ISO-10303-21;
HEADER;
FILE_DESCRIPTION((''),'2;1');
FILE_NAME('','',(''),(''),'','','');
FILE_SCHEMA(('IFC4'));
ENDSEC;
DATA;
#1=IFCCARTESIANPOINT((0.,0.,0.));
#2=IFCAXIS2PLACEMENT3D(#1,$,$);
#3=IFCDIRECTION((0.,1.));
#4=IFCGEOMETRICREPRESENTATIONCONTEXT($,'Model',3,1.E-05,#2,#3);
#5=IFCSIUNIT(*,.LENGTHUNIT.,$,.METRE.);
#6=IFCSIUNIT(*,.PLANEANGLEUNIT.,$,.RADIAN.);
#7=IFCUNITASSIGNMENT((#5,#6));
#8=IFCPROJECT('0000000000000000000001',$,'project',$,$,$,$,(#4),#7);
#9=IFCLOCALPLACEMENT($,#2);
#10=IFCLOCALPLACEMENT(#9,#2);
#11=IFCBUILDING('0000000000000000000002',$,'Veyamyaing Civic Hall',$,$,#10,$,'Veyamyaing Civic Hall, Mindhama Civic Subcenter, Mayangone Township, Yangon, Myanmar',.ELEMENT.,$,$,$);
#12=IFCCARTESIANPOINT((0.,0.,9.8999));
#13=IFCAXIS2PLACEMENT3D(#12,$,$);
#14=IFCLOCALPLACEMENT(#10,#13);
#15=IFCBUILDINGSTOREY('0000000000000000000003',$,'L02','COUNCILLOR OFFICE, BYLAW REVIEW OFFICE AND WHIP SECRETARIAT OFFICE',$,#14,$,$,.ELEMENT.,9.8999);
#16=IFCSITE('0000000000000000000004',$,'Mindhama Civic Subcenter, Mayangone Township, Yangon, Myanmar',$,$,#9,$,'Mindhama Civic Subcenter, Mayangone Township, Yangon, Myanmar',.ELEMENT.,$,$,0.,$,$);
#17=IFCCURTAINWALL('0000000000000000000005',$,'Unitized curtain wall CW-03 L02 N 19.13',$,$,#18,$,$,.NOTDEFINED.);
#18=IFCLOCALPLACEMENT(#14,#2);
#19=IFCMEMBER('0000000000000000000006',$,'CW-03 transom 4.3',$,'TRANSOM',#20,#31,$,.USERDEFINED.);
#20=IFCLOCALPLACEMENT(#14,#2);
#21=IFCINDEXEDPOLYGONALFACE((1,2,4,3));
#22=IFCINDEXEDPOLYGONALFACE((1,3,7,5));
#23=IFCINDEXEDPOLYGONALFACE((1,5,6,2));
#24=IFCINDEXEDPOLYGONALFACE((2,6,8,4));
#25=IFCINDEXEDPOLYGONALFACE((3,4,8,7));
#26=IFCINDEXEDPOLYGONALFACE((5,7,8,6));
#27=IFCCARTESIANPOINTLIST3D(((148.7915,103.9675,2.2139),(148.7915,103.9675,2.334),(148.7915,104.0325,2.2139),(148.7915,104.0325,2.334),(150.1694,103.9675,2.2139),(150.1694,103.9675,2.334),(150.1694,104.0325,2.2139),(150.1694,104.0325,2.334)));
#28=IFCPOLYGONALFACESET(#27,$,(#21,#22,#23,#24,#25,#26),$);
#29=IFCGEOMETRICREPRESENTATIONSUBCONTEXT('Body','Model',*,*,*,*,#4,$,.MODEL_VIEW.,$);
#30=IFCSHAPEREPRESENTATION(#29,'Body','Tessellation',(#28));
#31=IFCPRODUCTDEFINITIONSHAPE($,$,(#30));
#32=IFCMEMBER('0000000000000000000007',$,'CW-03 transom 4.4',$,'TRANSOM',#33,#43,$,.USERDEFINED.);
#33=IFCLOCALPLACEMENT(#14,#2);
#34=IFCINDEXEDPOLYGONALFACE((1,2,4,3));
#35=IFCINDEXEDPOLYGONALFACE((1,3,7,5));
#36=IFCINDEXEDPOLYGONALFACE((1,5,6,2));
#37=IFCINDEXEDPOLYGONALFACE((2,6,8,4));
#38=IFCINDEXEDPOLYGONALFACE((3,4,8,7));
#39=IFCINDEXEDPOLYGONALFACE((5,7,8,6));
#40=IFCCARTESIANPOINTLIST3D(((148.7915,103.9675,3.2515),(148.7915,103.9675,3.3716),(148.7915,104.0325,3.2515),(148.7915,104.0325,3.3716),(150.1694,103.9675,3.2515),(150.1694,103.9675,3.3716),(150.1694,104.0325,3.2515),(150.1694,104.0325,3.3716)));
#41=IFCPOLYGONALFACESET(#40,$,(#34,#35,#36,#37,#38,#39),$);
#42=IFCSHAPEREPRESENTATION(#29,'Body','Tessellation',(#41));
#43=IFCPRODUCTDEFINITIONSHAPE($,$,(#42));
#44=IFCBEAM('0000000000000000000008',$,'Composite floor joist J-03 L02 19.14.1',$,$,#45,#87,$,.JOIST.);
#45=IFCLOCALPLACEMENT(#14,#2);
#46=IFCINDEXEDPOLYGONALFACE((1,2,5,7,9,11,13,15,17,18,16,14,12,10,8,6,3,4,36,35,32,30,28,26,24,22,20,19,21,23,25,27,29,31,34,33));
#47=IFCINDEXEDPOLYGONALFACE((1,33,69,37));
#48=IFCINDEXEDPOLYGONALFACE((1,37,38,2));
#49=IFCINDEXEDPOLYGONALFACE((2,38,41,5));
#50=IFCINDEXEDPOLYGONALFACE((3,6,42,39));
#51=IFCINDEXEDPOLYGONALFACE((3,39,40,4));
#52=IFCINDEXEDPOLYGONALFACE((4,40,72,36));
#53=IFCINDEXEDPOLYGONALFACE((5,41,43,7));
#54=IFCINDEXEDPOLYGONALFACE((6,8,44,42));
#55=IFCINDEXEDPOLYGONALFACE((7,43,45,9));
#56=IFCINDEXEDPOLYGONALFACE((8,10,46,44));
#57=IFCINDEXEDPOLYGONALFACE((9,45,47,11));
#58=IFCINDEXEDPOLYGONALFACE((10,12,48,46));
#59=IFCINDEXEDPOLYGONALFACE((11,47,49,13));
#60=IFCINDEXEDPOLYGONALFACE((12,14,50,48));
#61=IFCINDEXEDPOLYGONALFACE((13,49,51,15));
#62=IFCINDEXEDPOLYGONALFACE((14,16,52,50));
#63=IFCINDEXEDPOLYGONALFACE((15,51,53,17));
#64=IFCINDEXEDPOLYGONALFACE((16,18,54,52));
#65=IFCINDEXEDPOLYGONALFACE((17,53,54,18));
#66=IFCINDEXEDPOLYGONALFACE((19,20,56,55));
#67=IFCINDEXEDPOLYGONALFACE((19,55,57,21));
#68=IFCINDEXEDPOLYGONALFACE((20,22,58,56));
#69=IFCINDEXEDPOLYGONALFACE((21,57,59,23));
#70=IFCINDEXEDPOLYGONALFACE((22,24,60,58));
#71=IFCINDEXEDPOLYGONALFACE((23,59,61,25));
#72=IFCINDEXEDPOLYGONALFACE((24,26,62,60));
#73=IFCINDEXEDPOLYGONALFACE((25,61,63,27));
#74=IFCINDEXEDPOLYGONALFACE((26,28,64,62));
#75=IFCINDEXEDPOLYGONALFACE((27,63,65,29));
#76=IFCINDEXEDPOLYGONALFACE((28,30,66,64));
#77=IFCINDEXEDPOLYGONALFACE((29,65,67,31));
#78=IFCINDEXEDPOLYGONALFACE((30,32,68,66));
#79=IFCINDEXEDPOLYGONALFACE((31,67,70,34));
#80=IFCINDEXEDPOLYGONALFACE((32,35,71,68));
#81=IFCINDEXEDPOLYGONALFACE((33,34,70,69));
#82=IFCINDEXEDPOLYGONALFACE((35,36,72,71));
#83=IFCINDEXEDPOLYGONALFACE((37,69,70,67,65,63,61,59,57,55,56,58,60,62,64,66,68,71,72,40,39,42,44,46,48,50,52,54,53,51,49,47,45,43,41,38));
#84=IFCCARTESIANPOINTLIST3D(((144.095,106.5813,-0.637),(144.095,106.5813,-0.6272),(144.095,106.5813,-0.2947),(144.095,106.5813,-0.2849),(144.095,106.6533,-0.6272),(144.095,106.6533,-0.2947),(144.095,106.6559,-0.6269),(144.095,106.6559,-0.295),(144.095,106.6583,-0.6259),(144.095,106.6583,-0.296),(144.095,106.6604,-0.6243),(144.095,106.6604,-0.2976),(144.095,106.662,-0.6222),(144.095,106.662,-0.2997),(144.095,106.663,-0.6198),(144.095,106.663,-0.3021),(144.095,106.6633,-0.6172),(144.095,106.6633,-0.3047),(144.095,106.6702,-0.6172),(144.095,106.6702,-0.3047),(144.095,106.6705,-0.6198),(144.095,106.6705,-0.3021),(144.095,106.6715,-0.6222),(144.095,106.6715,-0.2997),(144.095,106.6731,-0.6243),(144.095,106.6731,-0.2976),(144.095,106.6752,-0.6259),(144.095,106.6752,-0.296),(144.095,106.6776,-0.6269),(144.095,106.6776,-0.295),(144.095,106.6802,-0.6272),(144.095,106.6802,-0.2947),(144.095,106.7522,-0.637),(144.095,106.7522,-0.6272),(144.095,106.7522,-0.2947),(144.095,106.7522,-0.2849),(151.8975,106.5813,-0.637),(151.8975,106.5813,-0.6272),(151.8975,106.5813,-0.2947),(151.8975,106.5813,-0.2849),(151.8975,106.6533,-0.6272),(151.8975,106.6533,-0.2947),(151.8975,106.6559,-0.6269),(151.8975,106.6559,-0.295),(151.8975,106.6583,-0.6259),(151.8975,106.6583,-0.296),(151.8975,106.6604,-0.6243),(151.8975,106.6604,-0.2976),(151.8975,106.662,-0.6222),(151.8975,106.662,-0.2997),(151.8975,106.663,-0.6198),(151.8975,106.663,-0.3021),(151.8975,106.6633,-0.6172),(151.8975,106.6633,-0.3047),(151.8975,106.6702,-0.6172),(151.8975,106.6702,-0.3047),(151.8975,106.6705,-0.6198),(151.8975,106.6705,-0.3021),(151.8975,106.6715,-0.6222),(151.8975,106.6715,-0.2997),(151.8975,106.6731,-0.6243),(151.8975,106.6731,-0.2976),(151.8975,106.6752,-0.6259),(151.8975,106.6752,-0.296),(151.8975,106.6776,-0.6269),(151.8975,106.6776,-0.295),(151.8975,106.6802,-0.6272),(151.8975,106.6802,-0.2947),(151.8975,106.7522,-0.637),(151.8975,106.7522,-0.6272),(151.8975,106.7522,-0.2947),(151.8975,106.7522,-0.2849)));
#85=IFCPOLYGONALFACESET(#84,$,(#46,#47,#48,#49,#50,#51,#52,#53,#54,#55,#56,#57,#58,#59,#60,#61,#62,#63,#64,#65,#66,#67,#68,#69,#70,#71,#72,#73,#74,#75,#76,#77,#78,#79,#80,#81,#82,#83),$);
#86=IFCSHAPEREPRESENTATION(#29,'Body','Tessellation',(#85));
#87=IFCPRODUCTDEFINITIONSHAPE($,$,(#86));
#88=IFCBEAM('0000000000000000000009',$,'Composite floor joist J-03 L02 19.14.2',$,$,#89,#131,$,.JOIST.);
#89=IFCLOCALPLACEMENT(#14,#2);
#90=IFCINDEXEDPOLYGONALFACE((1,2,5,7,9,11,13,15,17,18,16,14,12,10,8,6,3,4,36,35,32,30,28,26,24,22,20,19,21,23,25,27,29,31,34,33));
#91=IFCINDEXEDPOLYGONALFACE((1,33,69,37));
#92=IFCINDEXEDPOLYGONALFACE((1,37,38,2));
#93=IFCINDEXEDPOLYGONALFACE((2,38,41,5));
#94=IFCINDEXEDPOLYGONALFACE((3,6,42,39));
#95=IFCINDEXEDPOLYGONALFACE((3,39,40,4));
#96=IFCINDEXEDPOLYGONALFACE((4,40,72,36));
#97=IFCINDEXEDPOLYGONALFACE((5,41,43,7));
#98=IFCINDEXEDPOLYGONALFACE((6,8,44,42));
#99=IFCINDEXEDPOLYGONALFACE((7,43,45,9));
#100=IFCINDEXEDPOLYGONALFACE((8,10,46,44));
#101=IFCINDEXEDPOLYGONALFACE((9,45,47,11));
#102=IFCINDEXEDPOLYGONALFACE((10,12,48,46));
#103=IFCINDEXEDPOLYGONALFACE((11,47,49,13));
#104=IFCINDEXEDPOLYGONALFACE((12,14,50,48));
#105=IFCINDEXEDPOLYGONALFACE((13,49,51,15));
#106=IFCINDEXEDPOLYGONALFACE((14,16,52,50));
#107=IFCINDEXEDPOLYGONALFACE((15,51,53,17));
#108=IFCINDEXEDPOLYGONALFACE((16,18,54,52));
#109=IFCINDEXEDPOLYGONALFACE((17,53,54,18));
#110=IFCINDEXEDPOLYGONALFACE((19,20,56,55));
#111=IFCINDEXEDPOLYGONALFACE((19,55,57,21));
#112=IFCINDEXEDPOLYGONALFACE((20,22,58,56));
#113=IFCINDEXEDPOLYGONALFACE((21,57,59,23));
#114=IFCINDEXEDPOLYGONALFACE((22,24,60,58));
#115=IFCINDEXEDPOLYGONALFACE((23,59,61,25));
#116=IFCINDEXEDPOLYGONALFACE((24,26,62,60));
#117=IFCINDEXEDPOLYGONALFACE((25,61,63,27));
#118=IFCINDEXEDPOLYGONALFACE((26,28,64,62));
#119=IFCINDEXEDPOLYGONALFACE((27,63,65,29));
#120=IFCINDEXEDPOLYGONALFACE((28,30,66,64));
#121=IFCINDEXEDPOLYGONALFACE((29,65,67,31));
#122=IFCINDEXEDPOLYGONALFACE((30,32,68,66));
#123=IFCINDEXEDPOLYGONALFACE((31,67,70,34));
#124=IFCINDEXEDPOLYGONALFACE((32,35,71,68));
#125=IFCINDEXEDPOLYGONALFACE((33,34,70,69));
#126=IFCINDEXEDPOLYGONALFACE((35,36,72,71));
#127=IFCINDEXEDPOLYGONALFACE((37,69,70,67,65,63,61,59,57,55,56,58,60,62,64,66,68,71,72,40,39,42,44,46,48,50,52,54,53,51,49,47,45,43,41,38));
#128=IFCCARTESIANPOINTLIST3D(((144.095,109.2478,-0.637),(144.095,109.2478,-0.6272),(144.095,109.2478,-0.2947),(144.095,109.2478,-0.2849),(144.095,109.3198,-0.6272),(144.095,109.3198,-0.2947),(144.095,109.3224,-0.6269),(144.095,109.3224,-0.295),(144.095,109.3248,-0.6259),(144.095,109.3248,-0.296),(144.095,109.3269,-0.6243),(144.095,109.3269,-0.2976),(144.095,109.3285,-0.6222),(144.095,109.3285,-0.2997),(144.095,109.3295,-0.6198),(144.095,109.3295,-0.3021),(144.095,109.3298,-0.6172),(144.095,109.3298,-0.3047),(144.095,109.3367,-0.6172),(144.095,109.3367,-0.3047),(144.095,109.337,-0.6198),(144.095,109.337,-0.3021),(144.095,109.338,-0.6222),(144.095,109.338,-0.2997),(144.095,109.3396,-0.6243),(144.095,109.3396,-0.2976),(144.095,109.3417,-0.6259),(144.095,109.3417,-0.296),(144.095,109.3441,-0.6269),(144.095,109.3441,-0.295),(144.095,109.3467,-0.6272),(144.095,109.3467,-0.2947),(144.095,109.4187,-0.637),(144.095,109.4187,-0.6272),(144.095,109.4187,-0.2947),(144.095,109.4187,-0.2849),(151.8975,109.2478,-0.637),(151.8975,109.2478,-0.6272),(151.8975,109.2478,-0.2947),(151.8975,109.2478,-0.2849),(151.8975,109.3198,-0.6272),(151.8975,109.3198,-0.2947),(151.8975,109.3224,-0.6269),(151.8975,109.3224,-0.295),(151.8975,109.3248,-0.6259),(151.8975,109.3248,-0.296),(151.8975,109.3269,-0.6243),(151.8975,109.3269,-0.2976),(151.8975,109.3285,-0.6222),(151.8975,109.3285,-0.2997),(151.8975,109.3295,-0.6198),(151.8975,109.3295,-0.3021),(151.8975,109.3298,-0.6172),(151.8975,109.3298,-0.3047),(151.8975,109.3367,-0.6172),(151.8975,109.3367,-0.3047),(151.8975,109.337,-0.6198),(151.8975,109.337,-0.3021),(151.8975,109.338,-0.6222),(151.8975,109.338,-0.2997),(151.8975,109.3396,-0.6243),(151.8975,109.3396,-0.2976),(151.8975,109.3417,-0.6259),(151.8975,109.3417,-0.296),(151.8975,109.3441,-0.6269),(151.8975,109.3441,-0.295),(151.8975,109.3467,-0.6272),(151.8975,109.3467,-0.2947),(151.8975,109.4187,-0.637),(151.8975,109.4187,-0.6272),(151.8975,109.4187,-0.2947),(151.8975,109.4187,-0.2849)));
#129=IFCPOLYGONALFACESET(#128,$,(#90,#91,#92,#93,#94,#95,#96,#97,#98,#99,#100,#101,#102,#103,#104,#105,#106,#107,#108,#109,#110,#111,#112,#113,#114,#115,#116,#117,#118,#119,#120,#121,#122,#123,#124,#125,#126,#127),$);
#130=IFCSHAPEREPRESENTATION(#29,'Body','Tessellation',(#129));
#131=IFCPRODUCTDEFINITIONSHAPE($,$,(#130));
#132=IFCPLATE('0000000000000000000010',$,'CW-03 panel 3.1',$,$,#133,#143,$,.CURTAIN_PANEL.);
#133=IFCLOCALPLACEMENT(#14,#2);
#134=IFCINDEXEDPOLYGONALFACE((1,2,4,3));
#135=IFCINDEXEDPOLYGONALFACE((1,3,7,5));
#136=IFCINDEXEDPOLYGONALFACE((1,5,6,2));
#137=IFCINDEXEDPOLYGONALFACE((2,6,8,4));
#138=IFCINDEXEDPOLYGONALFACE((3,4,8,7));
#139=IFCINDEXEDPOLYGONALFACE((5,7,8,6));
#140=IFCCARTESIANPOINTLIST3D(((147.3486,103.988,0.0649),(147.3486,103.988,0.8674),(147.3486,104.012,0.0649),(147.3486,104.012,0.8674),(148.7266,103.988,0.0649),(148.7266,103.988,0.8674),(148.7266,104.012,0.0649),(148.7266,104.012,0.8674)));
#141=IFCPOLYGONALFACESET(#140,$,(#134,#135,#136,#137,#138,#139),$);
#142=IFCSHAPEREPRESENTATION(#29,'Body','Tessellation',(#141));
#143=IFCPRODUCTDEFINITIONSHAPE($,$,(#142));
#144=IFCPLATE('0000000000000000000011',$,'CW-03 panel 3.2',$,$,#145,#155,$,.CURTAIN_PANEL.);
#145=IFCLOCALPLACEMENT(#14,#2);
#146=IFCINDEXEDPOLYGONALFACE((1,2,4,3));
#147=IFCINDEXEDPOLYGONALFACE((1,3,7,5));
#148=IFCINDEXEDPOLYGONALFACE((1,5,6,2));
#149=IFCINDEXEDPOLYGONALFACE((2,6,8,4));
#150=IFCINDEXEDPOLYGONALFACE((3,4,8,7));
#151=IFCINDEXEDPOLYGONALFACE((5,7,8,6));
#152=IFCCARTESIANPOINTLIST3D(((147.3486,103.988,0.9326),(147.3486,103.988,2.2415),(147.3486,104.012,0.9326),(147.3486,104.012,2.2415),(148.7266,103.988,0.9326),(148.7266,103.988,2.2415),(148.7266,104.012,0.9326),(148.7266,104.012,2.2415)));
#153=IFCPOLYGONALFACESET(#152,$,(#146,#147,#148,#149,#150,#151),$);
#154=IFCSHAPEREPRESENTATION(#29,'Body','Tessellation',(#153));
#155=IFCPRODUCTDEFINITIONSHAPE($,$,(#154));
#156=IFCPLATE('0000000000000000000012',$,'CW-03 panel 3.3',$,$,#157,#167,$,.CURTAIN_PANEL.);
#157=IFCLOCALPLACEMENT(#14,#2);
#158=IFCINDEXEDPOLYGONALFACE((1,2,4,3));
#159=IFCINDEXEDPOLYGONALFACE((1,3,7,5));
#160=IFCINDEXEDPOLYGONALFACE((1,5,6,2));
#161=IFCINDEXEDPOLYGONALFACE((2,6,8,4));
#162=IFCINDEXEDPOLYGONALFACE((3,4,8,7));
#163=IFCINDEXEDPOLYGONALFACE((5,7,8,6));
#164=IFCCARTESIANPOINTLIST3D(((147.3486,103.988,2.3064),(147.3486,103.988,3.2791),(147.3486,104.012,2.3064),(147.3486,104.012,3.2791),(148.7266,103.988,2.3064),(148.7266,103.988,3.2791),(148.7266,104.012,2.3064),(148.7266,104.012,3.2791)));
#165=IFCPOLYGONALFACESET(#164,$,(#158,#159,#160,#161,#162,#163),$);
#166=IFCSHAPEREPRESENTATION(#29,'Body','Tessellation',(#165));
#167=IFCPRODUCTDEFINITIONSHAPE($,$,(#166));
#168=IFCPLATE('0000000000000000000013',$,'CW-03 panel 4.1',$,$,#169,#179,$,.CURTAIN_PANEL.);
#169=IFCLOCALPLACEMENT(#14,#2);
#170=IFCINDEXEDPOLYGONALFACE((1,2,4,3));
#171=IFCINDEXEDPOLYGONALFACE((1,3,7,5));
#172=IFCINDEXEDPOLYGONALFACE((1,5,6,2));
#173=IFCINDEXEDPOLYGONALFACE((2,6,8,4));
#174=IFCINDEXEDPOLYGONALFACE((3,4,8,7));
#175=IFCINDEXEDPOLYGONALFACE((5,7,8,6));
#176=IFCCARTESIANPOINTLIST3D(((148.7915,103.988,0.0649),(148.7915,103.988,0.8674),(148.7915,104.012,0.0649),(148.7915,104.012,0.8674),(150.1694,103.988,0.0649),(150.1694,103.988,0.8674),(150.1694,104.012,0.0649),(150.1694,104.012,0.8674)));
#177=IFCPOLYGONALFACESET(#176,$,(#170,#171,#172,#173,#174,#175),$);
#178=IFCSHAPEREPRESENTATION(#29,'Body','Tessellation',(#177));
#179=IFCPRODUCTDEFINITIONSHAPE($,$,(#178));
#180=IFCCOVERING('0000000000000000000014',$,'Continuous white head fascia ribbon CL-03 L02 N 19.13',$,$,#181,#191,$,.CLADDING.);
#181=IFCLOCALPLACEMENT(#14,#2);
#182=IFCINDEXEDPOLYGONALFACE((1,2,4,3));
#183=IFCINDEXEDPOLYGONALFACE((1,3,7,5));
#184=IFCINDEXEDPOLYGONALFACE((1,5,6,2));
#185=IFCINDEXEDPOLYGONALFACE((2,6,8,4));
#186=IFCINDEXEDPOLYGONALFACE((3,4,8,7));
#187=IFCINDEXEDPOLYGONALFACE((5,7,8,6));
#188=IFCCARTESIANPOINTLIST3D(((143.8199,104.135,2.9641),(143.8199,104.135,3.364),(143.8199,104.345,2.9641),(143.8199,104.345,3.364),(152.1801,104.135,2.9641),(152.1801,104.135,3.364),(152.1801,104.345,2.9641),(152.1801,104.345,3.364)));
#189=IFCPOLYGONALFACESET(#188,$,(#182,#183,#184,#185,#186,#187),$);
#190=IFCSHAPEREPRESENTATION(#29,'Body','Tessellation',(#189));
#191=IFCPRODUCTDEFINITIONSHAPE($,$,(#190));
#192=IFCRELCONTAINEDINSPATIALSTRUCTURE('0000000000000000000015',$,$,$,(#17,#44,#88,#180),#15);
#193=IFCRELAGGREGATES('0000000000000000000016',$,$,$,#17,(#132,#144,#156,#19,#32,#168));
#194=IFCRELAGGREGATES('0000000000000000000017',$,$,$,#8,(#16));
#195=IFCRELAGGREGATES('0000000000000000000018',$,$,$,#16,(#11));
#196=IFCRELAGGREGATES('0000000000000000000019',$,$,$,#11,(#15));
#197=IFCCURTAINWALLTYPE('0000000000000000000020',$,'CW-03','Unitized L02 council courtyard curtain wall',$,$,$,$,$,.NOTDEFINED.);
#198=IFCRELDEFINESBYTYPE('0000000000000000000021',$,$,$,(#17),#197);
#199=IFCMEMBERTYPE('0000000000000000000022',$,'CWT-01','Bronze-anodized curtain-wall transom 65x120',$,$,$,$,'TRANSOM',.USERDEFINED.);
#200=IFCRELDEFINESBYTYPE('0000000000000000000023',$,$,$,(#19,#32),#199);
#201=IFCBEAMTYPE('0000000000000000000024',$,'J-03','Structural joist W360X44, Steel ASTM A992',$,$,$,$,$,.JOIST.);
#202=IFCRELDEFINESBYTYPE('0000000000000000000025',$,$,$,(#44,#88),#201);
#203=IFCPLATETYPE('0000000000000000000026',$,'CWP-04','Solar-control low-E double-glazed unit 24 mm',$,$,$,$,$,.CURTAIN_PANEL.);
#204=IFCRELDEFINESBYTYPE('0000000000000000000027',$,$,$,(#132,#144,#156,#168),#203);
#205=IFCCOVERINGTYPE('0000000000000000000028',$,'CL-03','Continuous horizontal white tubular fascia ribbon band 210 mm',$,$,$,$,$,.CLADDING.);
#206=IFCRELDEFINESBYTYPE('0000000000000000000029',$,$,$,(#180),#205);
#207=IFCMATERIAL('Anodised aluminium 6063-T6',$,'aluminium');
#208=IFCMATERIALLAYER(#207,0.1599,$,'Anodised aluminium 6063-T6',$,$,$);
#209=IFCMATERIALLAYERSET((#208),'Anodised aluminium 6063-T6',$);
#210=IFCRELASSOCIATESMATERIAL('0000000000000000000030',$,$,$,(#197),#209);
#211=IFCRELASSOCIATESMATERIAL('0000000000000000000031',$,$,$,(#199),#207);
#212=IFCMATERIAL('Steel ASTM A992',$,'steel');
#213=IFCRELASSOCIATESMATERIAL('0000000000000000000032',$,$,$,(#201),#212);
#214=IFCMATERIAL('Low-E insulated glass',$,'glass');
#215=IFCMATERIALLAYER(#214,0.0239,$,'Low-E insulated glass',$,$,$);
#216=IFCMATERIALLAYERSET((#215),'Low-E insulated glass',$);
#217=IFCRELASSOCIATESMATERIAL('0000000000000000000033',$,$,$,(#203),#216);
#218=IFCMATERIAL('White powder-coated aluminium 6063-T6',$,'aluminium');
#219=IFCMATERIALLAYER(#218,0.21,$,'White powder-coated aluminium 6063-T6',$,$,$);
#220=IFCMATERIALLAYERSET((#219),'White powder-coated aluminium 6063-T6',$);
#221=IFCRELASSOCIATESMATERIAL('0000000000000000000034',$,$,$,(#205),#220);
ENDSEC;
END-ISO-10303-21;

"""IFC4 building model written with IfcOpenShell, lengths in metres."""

from ifc_helpers import new_model, si_unit, direction, frame, origin, origin_2d, place, context, subcontext, project, spatial, rectangle, i_section, extrude, material, layer, layer_set, material_profile, profile_set, type_object, element, aggregate, save


model = new_model("IFC4")

# Units and contexts
model_context = context("Model", 3, precision=1e-05, world=origin(), true_north=direction((0.0, 1.0)))
body_context = subcontext(model_context, "Body", "Model", "MODEL_VIEW")
ifc_project = project(units=[si_unit("LENGTHUNIT", "METRE"), si_unit("PLANEANGLEUNIT", "RADIAN")], contexts=[model_context])

# Site, building, storey
site_placement = place(None, origin())
site = spatial("IfcSite", under=ifc_project, at=site_placement, Name="Mindhama Civic Subcenter, Mayangone Township, Yangon, Myanmar", LongName="Mindhama Civic Subcenter, Mayangone Township, Yangon, Myanmar", CompositionType="ELEMENT", RefElevation=0.0)
building_placement = place(site_placement, origin())
building = spatial("IfcBuilding", under=site, at=building_placement, Name="Veyamyaing Civic Hall", LongName="Veyamyaing Civic Hall, Mindhama Civic Subcenter, Mayangone Township, Yangon, Myanmar", CompositionType="ELEMENT")
storey_placement = place(building_placement, frame((0.0, 0.0, 9.8999)))
storey = spatial("IfcBuildingStorey", under=building, at=storey_placement, Name="L02", Description="COUNCILLOR OFFICE, BYLAW REVIEW OFFICE AND WHIP SECRETARIAT OFFICE", CompositionType="ELEMENT", Elevation=9.8999)

# Shared definitions
ifc_material_1 = material(Name="Steel ASTM A992", Category="steel")

# Curtain wall, members
ifc_material_2 = material(Name="Anodised aluminium 6063-T6", Category="aluminium")
ifc_layer_1 = layer(ifc_material_2, 0.1599, Name="Anodised aluminium 6063-T6")
ifc_layer_set_1 = layer_set([ifc_layer_1], Name="Anodised aluminium 6063-T6")
curtain_wall_type = type_object("IfcCurtainWallType", Name="CW-03", Description="Unitized L02 council courtyard curtain wall", PredefinedType="NOTDEFINED", material=ifc_layer_set_1)
curtain_wall_placement = place(storey_placement, origin())
curtain_wall = element("IfcCurtainWall", 1, at=curtain_wall_placement, inside=storey, type_object=curtain_wall_type, Name="Unitized curtain wall CW-03 L02 N 19.13", PredefinedType="NOTDEFINED")
ifc_material_profile_1 = material_profile(ifc_material_2, rectangle(XDim=0.0649, YDim=0.1201, at=origin_2d()), Name="ALU-TRN-65X120")
ifc_profile_set_1 = profile_set([ifc_material_profile_1], Name="Anodised aluminium 6063-T6")
member_type_1 = type_object("IfcMemberType", Name="CWT-01", Description="Bronze-anodized curtain-wall transom 65x120", ElementType="TRANSOM", PredefinedType="USERDEFINED", material=ifc_profile_set_1)
member_1_placement = place(storey_placement, frame((148.7915, 104.0, 2.2739), z_axis=(1.0, 0.0, 0.0), x_axis=(0.0, 1.0, 0.0)))
member_1 = element("IfcMember", 2, at=member_1_placement, type_object=member_type_1, Name="CW-03 transom 4.3", ObjectType="TRANSOM", PredefinedType="USERDEFINED", context=body_context, shape_type="SweptSolid", body=[
    extrude(rectangle(XDim=0.0649, YDim=0.1201, at=origin_2d()), origin(), (0.0, 0.0, 1.0), 1.3779),
])
member_2_placement = place(storey_placement, frame((148.7915, 104.0, 3.3115), z_axis=(1.0, 0.0, 0.0), x_axis=(0.0, 1.0, 0.0)))
member_2 = element("IfcMember", 3, at=member_2_placement, type_object=member_type_1, Name="CW-03 transom 4.4", ObjectType="TRANSOM", PredefinedType="USERDEFINED", context=body_context, shape_type="SweptSolid", body=[
    extrude(rectangle(XDim=0.0649, YDim=0.1201, at=origin_2d()), origin(), (0.0, 0.0, 1.0), 1.3779),
])

# Beams
ifc_material_profile_2 = material_profile(ifc_material_1, i_section(OverallWidth=0.1709, OverallDepth=0.3521, WebThickness=0.0068, FlangeThickness=0.0098, FilletRadius=0.01, at=origin_2d()), Name="W360X44")
ifc_profile_set_2 = profile_set([ifc_material_profile_2], Name="Steel ASTM A992")
beam_type_1 = type_object("IfcBeamType", Name="J-03", Description="Structural joist W360X44, Steel ASTM A992", PredefinedType="JOIST", material=ifc_profile_set_2)
for number, where, z_axis, x_axis, name in (
    (4, (144.095, 106.6667, -0.4609), (1.0, 0.0, 0.0), (0.0, 1.0, 0.0), "Composite floor joist J-03 L02 19.14.1"),
    (5, (144.095, 109.3333, -0.4609), (1.0, 0.0, 0.0), (0.0, 1.0, 0.0), "Composite floor joist J-03 L02 19.14.2"),
):
    element("IfcBeam", number, at=place(storey_placement, frame(where, z_axis=z_axis, x_axis=x_axis)), inside=storey, type_object=beam_type_1, Name=name, PredefinedType="JOIST", context=body_context, shape_type="SweptSolid", body=[
        extrude(i_section(OverallWidth=0.1709, OverallDepth=0.3521, WebThickness=0.0068, FlangeThickness=0.0098, FilletRadius=0.01, at=origin_2d()), origin(), (0.0, 0.0, 1.0), 7.8025),
    ])

# Plates
ifc_material_3 = material(Name="Low-E insulated glass", Category="glass")
ifc_layer_2 = layer(ifc_material_3, 0.0239, Name="Low-E insulated glass")
ifc_layer_set_2 = layer_set([ifc_layer_2], Name="Low-E insulated glass")
plate_type = type_object("IfcPlateType", Name="CWP-04", Description="Solar-control low-E double-glazed unit 24 mm", PredefinedType="CURTAIN_PANEL", material=ifc_layer_set_2)
plate_1_placement = place(storey_placement, frame((148.0376, 104.0, 0.0649), z_axis=(0.0, 0.0, 1.0), x_axis=(1.0, 0.0, 0.0)))
plate_1 = element("IfcPlate", 6, at=plate_1_placement, type_object=plate_type, Name="CW-03 panel 3.1", PredefinedType="CURTAIN_PANEL", context=body_context, shape_type="SweptSolid", body=[
    extrude(rectangle(XDim=1.3779, YDim=0.0239, at=origin_2d()), origin(), (0.0, 0.0, 1.0), 0.8025),
])
plate_2_placement = place(storey_placement, frame((148.0376, 104.0, 0.9326), z_axis=(0.0, 0.0, 1.0), x_axis=(1.0, 0.0, 0.0)))
plate_2 = element("IfcPlate", 7, at=plate_2_placement, type_object=plate_type, Name="CW-03 panel 3.2", PredefinedType="CURTAIN_PANEL", context=body_context, shape_type="SweptSolid", body=[
    extrude(rectangle(XDim=1.3779, YDim=0.0239, at=origin_2d()), origin(), (0.0, 0.0, 1.0), 1.3088),
])
plate_3_placement = place(storey_placement, frame((148.0376, 104.0, 2.3064), z_axis=(0.0, 0.0, 1.0), x_axis=(1.0, 0.0, 0.0)))
plate_3 = element("IfcPlate", 8, at=plate_3_placement, type_object=plate_type, Name="CW-03 panel 3.3", PredefinedType="CURTAIN_PANEL", context=body_context, shape_type="SweptSolid", body=[
    extrude(rectangle(XDim=1.3779, YDim=0.0239, at=origin_2d()), origin(), (0.0, 0.0, 1.0), 0.9727),
])
plate_4_placement = place(storey_placement, frame((149.4805, 104.0, 0.0649), z_axis=(0.0, 0.0, 1.0), x_axis=(1.0, 0.0, 0.0)))
plate_4 = element("IfcPlate", 9, at=plate_4_placement, type_object=plate_type, Name="CW-03 panel 4.1", PredefinedType="CURTAIN_PANEL", context=body_context, shape_type="SweptSolid", body=[
    extrude(rectangle(XDim=1.3779, YDim=0.0239, at=origin_2d()), origin(), (0.0, 0.0, 1.0), 0.8025),
])
aggregate(curtain_wall, [plate_1, plate_2, plate_3, member_1, member_2, plate_4])

# Covering
ifc_material_4 = material(Name="White powder-coated aluminium 6063-T6", Category="aluminium")
ifc_layer_3 = layer(ifc_material_4, 0.21, Name="White powder-coated aluminium 6063-T6")
ifc_layer_set_3 = layer_set([ifc_layer_3], Name="White powder-coated aluminium 6063-T6")
covering_type = type_object("IfcCoveringType", Name="CL-03", Description="Continuous horizontal white tubular fascia ribbon band 210 mm", PredefinedType="CLADDING", material=ifc_layer_set_3)
for number, where, z_axis, x_axis, name in (
    (10, (148.0, 104.24, 2.9641), (0.0, 0.0, 1.0), (1.0, 0.0, 0.0), "Continuous white head fascia ribbon CL-03 L02 N 19.13"),
):
    element("IfcCovering", number, at=place(storey_placement, frame(where, z_axis=z_axis, x_axis=x_axis)), inside=storey, type_object=covering_type, Name=name, PredefinedType="CLADDING", context=body_context, shape_type="SweptSolid", body=[
        extrude(rectangle(XDim=8.3601, YDim=0.21, at=origin_2d()), origin(), (0.0, 0.0, 1.0), 0.3999),
    ])

save(model, "model.ifc")
